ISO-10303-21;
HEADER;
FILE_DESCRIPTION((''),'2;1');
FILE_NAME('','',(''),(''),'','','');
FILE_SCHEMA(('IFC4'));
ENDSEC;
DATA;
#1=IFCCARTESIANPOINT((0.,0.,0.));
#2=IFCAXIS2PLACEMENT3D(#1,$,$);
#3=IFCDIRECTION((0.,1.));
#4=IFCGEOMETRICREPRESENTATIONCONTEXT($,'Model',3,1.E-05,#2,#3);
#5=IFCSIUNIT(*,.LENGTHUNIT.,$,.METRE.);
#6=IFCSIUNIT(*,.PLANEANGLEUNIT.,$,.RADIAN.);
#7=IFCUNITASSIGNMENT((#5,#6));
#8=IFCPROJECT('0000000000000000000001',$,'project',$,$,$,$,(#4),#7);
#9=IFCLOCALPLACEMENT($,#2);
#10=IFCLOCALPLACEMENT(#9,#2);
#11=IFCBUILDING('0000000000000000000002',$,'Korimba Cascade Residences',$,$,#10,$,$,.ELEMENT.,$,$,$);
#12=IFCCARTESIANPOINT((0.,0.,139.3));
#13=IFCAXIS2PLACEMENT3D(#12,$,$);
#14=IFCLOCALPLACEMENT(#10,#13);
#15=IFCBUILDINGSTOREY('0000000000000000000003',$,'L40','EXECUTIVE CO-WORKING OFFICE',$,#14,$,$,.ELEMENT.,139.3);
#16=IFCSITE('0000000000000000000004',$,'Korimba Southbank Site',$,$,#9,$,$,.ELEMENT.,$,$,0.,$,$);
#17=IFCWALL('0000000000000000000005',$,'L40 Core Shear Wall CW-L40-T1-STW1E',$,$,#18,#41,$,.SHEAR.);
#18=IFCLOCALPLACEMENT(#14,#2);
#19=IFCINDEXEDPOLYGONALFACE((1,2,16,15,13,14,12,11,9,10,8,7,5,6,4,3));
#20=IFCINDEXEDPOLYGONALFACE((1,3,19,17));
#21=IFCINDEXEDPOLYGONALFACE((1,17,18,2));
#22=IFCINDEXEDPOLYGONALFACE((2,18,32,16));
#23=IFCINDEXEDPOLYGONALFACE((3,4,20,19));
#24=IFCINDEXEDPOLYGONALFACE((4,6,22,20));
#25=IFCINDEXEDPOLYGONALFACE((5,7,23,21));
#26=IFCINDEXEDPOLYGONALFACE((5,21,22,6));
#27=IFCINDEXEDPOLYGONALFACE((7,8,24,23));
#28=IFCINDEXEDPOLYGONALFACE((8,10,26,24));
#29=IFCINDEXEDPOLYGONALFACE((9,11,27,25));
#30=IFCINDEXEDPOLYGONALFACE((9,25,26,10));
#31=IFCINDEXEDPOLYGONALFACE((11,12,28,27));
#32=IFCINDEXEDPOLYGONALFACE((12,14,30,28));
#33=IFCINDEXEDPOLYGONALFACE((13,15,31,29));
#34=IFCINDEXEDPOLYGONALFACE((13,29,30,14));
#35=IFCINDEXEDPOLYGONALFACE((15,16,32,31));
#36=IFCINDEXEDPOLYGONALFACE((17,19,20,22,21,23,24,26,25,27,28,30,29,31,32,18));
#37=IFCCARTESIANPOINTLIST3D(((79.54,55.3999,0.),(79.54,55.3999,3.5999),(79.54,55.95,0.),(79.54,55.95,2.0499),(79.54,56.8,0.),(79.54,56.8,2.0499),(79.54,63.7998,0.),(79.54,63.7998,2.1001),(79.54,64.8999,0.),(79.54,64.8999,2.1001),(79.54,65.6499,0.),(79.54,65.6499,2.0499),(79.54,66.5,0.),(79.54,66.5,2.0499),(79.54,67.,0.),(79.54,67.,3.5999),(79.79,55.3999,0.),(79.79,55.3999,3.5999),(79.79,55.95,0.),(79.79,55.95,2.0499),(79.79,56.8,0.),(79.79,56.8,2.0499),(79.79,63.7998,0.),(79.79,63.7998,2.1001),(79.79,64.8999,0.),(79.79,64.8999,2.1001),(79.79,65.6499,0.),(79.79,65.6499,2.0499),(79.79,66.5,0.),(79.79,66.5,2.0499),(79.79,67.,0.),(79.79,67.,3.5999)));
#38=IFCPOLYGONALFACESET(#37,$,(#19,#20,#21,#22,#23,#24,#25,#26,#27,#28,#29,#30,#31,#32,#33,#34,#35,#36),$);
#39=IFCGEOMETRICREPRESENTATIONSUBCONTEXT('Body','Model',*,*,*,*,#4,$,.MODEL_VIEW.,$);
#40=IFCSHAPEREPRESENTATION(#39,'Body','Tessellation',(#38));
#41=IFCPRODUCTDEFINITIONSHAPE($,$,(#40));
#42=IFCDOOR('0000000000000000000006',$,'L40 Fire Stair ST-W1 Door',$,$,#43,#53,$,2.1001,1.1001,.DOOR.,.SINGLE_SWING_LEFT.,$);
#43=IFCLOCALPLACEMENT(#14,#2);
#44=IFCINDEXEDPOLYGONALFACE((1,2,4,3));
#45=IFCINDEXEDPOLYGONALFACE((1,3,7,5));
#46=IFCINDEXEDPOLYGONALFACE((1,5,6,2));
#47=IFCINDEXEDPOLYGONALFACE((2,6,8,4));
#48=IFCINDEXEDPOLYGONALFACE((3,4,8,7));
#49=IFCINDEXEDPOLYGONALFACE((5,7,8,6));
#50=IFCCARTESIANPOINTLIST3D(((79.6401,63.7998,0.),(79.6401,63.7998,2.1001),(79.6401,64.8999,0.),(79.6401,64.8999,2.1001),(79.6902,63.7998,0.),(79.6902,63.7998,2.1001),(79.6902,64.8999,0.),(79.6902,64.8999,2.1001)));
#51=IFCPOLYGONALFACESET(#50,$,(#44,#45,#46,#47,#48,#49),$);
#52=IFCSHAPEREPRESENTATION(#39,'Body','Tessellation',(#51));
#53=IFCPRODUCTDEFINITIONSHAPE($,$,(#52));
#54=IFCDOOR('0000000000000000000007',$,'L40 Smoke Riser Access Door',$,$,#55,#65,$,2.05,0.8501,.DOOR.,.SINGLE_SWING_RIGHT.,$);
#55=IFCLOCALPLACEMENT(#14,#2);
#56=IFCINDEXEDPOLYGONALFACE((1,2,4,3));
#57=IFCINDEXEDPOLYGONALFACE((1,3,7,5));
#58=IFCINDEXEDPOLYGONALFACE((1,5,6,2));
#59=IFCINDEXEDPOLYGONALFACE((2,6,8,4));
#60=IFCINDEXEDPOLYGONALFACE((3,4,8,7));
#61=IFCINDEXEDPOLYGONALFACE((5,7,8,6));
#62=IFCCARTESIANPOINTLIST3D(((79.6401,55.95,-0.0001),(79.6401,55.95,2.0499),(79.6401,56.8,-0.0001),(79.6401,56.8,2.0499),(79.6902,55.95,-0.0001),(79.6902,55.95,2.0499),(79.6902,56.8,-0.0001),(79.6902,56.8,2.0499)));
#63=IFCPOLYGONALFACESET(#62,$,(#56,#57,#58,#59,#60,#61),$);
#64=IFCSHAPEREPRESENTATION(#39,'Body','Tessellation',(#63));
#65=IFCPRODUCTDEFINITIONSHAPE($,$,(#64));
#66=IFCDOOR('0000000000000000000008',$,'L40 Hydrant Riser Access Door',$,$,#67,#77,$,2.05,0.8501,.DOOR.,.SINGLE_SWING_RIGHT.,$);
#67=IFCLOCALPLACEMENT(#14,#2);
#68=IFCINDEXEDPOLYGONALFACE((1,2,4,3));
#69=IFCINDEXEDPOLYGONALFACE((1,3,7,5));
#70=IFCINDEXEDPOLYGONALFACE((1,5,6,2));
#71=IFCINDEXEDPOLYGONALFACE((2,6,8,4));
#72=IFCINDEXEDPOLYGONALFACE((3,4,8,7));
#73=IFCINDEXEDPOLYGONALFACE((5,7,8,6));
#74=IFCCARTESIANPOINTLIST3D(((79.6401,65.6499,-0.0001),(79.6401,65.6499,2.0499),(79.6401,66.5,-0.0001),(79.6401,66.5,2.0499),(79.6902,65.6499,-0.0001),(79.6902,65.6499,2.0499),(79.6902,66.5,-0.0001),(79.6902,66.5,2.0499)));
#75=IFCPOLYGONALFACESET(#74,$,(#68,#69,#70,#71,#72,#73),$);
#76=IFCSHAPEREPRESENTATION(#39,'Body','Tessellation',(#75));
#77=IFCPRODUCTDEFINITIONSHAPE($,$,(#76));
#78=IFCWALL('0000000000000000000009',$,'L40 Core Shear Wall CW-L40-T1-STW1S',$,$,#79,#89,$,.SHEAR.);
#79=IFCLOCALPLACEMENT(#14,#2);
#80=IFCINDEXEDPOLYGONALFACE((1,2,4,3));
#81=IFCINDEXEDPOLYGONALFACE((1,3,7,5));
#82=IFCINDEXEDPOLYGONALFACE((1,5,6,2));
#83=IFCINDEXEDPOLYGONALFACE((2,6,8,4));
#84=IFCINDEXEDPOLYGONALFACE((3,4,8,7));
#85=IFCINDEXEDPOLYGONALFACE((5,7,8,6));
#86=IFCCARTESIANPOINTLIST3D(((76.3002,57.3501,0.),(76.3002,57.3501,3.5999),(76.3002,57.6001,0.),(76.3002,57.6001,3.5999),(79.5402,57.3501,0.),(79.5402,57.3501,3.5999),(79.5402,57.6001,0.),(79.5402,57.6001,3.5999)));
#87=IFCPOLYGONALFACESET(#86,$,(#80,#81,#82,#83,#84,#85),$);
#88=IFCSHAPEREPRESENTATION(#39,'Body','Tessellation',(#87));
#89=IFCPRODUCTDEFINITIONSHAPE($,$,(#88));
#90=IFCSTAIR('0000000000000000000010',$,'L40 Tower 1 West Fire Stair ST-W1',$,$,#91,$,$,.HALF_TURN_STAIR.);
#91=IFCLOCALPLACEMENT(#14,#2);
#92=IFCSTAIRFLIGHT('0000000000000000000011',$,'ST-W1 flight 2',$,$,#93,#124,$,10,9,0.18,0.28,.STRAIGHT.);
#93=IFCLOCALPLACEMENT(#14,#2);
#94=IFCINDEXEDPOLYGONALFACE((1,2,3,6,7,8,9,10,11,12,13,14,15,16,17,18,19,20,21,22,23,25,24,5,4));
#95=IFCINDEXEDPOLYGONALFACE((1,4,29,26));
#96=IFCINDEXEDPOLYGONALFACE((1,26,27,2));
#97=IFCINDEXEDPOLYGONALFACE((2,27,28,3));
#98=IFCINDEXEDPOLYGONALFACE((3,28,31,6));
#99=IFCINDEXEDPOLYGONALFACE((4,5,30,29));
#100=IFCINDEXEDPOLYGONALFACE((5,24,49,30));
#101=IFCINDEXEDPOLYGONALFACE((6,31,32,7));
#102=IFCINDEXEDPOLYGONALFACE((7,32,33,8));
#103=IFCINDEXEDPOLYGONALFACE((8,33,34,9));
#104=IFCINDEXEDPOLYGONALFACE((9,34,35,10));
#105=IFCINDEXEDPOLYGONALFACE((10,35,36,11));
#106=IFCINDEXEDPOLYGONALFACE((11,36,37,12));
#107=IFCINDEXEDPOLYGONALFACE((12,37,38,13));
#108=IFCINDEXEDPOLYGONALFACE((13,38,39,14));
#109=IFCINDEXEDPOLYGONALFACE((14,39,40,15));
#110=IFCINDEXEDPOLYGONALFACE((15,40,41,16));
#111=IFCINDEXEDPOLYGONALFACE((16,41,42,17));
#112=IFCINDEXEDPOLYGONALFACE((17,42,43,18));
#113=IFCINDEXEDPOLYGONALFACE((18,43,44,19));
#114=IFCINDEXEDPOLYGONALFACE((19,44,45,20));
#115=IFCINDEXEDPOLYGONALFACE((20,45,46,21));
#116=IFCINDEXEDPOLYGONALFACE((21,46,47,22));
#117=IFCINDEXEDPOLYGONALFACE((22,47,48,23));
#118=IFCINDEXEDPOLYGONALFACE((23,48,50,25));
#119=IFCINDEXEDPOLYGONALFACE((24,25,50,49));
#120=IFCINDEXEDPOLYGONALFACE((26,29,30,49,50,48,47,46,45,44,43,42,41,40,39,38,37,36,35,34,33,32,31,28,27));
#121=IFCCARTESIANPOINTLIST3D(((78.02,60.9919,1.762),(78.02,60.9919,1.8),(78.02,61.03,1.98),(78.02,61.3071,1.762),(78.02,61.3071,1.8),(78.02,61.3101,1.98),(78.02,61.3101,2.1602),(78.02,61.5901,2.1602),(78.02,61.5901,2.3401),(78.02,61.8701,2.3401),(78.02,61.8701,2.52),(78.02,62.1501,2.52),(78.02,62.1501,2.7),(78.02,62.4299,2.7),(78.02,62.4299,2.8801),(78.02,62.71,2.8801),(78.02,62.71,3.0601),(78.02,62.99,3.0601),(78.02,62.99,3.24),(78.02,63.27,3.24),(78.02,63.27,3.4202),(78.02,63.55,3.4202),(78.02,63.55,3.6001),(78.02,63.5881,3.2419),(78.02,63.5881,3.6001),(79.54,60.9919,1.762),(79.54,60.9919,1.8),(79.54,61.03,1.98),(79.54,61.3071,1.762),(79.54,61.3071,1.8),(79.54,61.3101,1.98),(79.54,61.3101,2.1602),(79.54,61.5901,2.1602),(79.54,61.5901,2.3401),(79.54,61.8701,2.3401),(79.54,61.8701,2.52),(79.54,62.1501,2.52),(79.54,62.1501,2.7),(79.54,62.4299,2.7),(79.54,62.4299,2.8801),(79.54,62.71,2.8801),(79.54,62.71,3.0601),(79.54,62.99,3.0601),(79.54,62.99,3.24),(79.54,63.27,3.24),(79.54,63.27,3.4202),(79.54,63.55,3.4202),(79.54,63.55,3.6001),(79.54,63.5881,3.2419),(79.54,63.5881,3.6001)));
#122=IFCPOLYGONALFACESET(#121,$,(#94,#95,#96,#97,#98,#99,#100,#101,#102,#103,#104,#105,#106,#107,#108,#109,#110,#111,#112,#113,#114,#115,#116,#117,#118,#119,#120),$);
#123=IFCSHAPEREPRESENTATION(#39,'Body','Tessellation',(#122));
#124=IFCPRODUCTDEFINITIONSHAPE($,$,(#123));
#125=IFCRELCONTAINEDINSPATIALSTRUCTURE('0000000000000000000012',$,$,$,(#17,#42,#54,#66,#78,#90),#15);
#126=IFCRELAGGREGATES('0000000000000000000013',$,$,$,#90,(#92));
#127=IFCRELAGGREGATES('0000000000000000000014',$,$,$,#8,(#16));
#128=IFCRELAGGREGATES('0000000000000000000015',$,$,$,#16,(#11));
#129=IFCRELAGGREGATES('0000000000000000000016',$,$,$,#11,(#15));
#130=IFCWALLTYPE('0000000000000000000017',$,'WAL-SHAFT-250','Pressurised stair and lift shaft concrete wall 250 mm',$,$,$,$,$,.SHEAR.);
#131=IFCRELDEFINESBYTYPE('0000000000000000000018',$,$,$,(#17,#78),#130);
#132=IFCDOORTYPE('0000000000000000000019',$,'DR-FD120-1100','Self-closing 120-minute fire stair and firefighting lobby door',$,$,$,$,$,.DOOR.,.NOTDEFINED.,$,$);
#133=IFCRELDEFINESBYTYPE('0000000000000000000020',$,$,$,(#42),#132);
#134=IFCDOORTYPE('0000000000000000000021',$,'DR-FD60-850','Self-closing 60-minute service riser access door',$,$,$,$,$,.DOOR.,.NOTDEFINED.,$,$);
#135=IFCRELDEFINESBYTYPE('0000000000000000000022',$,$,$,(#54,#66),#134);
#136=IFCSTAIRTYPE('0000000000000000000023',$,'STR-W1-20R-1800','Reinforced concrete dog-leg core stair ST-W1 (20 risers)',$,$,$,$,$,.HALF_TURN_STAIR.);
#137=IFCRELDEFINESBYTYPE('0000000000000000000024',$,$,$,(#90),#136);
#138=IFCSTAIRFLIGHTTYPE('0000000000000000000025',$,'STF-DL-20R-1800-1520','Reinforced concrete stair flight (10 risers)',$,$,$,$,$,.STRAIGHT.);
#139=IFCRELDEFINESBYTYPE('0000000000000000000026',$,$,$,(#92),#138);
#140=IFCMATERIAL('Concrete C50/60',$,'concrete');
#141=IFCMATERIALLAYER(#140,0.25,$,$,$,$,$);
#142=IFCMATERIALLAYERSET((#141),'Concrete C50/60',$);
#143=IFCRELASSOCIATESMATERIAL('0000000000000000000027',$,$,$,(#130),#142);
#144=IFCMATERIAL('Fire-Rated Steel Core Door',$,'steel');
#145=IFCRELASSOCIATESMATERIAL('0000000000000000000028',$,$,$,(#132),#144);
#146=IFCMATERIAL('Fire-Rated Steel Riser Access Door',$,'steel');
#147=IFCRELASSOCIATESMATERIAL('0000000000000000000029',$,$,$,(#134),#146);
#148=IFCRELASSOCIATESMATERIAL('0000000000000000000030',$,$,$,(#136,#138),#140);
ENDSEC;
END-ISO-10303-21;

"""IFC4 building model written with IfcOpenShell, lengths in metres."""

from ifc_helpers import new_model, si_unit, direction, frame, frame_2d, origin, place, context, subcontext, project, spatial, polyline, rectangle, outline, extrude, material, layer, layer_set, type_object, element, fill, aggregate, save


model = new_model("IFC4")

# Units and contexts
model_context = context("Model", 3, precision=1e-05, world=origin(), true_north=direction((0.0, 1.0)))
body_context = subcontext(model_context, "Body", "Model", "MODEL_VIEW")
ifc_project = project(units=[si_unit("LENGTHUNIT", "METRE"), si_unit("PLANEANGLEUNIT", "RADIAN")], contexts=[model_context])

# Site, building, storey
site_placement = place(None, origin())
site = spatial("IfcSite", under=ifc_project, at=site_placement, Name="Korimba Southbank Site", CompositionType="ELEMENT", RefElevation=0.0)
building_placement = place(site_placement, origin())
building = spatial("IfcBuilding", under=site, at=building_placement, Name="Korimba Cascade Residences", CompositionType="ELEMENT")
storey_placement = place(building_placement, frame((0.0, 0.0, 139.3)))
storey = spatial("IfcBuildingStorey", under=building, at=storey_placement, Name="L40", Description="EXECUTIVE CO-WORKING OFFICE", CompositionType="ELEMENT", Elevation=139.3)

# Wall, openings, doors
ifc_material_1 = material(Name="Concrete C50/60", Category="concrete")
ifc_layer_1 = layer(ifc_material_1, 0.25)
ifc_layer_set_1 = layer_set([ifc_layer_1], Name="Concrete C50/60")
wall_type_1 = type_object("IfcWallType", Name="WAL-SHAFT-250", Description="Pressurised stair and lift shaft concrete wall 250 mm", PredefinedType="SHEAR", material=ifc_layer_set_1)
wall_1_placement = place(storey_placement, frame((79.665, 55.3999, 0.0), z_axis=(0.0, 0.0, 1.0), x_axis=(0.0, 1.0, 0.0)))
wall_1 = element("IfcWall", 1, at=wall_1_placement, inside=storey, type_object=wall_type_1, Name="L40 Core Shear Wall CW-L40-T1-STW1E", PredefinedType="SHEAR", context=body_context, shape_type="SweptSolid", body=[
    extrude(rectangle(XDim=11.6001, YDim=0.25, at=frame_2d((5.8, 0.0))), origin(), (0.0, 0.0, 1.0), 3.5999),
])
opening_1_placement = place(wall_1_placement, frame((0.55, 0.0, 0.0)))
opening_1 = element("IfcOpeningElement", 2, at=opening_1_placement, cuts=wall_1, PredefinedType="OPENING", context=body_context, shape_type="SweptSolid", body=[
    extrude(rectangle(XDim=0.8501, YDim=2.05, at=frame_2d((0.425, 1.0249))), frame((0.0, 0.135, 0.0), z_axis=(0.0, -1.0, 0.0), x_axis=(1.0, 0.0, 0.0)), (0.0, 0.0, 1.0), 0.27),
])
opening_2_placement = place(wall_1_placement, frame((8.3999, 0.0, 0.0)))
opening_2 = element("IfcOpeningElement", 3, at=opening_2_placement, cuts=wall_1, PredefinedType="OPENING", context=body_context, shape_type="SweptSolid", body=[
    extrude(rectangle(XDim=1.1001, YDim=2.1001, at=frame_2d((0.55, 1.05))), frame((0.0, 0.135, 0.0), z_axis=(0.0, -1.0, 0.0), x_axis=(1.0, 0.0, 0.0)), (0.0, 0.0, 1.0), 0.27),
])
opening_3_placement = place(wall_1_placement, frame((10.25, 0.0, 0.0)))
opening_3 = element("IfcOpeningElement", 4, at=opening_3_placement, cuts=wall_1, PredefinedType="OPENING", context=body_context, shape_type="SweptSolid", body=[
    extrude(rectangle(XDim=0.8501, YDim=2.05, at=frame_2d((0.425, 1.0249))), frame((0.0, 0.135, 0.0), z_axis=(0.0, -1.0, 0.0), x_axis=(1.0, 0.0, 0.0)), (0.0, 0.0, 1.0), 0.27),
])
ifc_material_2 = material(Name="Fire-Rated Steel Core Door", Category="steel")
door_type_1 = type_object("IfcDoorType", Name="DR-FD120-1100", Description="Self-closing 120-minute fire stair and firefighting lobby door", OperationType="NOTDEFINED", PredefinedType="DOOR", material=ifc_material_2)
door_1_placement = place(opening_2_placement, origin())
door_1 = element("IfcDoor", 5, at=door_1_placement, inside=storey, type_object=door_type_1, Name="L40 Fire Stair ST-W1 Door", OperationType="SINGLE_SWING_LEFT", OverallHeight=2.1001, OverallWidth=1.1001, PredefinedType="DOOR", context=body_context, shape_type="SweptSolid", body=[
    extrude(rectangle(XDim=1.1001, YDim=2.1001, at=frame_2d((0.55, 1.05))), frame((0.0, 0.0249, 0.0), z_axis=(0.0, -1.0, 0.0), x_axis=(1.0, 0.0, 0.0)), (0.0, 0.0, 1.0), 0.05),
])
fill(opening_2, door_1)
ifc_material_3 = material(Name="Fire-Rated Steel Riser Access Door", Category="steel")
door_type_2 = type_object("IfcDoorType", Name="DR-FD60-850", Description="Self-closing 60-minute service riser access door", OperationType="NOTDEFINED", PredefinedType="DOOR", material=ifc_material_3)
door_2_placement = place(opening_1_placement, origin())
door_2 = element("IfcDoor", 6, at=door_2_placement, inside=storey, type_object=door_type_2, Name="L40 Smoke Riser Access Door", OperationType="SINGLE_SWING_RIGHT", OverallHeight=2.05, OverallWidth=0.8501, PredefinedType="DOOR", context=body_context, shape_type="SweptSolid", body=[
    extrude(rectangle(XDim=0.8501, YDim=2.05, at=frame_2d((0.425, 1.0249))), frame((0.0, 0.0249, 0.0), z_axis=(0.0, -1.0, 0.0), x_axis=(1.0, 0.0, 0.0)), (0.0, 0.0, 1.0), 0.05),
])
fill(opening_1, door_2)
door_3_placement = place(opening_3_placement, origin())
door_3 = element("IfcDoor", 7, at=door_3_placement, inside=storey, type_object=door_type_2, Name="L40 Hydrant Riser Access Door", OperationType="SINGLE_SWING_RIGHT", OverallHeight=2.05, OverallWidth=0.8501, PredefinedType="DOOR", context=body_context, shape_type="SweptSolid", body=[
    extrude(rectangle(XDim=0.8501, YDim=2.05, at=frame_2d((0.425, 1.0249))), frame((0.0, 0.0249, 0.0), z_axis=(0.0, -1.0, 0.0), x_axis=(1.0, 0.0, 0.0)), (0.0, 0.0, 1.0), 0.05),
])
fill(opening_3, door_3)

# Wall
wall_2_placement = place(storey_placement, frame((76.3, 57.4751, 0.0), z_axis=(0.0, 0.0, 1.0), x_axis=(1.0, 0.0, 0.0)))
element("IfcWall", 8, at=wall_2_placement, inside=storey, type_object=wall_type_1, Name="L40 Core Shear Wall CW-L40-T1-STW1S", PredefinedType="SHEAR", context=body_context, shape_type="SweptSolid", body=[
    extrude(rectangle(XDim=3.24, YDim=0.25, at=frame_2d((1.6201, 0.0))), origin(), (0.0, 0.0, 1.0), 3.5999),
])

# Stair, stair flight
stair_type = type_object("IfcStairType", Name="STR-W1-20R-1800", Description="Reinforced concrete dog-leg core stair ST-W1 (20 risers)", PredefinedType="HALF_TURN_STAIR", material=ifc_material_1)
stair_placement = place(storey_placement, origin())
stair = element("IfcStair", 9, at=stair_placement, inside=storey, type_object=stair_type, Name="L40 Tower 1 West Fire Stair ST-W1", PredefinedType="HALF_TURN_STAIR")
stair_flight_type = type_object("IfcStairFlightType", Name="STF-DL-20R-1800-1520", Description="Reinforced concrete stair flight (10 risers)", PredefinedType="STRAIGHT", material=ifc_material_1)
stair_flight_placement = place(storey_placement, frame((78.78, 61.03, 1.8), z_axis=(0.0, 0.0, 1.0), x_axis=(0.0, 1.0, 0.0)))
stair_flight = element("IfcStairFlight", 10, at=stair_flight_placement, type_object=stair_flight_type, Name="ST-W1 flight 2", NumberOfRisers=10, NumberOfTreads=9, PredefinedType="STRAIGHT", RiserHeight=0.18, TreadLength=0.28, context=body_context, shape_type="SweptSolid", body=[
    extrude(outline(polyline([(-0.0381, 0.0), (0.0, 0.1799), (0.28, 0.1799), (0.28, 0.3601), (0.5601, 0.3601), (0.5601, 0.54), (0.8401, 0.54), (0.8401, 0.72), (1.1201, 0.72), (1.1201, 0.8999), (1.3999, 0.8999), (1.3999, 1.0801), (1.6799, 1.0801), (1.6799, 1.26), (1.96, 1.26), (1.96, 1.4399), (2.24, 1.4399), (2.24, 1.6201), (2.52, 1.6201), (2.52, 1.8), (2.5581, 1.8), (2.5581, 1.4419), (0.2771, 0.0), (0.2771, -0.0381), (-0.0381, -0.0381), (-0.0381, 0.0)])), frame((0.0, 0.76, 0.0), z_axis=(0.0, -1.0, 0.0), x_axis=(1.0, 0.0, 0.0)), (0.0, 0.0, 1.0), 1.52),
])
aggregate(stair, [stair_flight])

save(model, "model.ifc")
